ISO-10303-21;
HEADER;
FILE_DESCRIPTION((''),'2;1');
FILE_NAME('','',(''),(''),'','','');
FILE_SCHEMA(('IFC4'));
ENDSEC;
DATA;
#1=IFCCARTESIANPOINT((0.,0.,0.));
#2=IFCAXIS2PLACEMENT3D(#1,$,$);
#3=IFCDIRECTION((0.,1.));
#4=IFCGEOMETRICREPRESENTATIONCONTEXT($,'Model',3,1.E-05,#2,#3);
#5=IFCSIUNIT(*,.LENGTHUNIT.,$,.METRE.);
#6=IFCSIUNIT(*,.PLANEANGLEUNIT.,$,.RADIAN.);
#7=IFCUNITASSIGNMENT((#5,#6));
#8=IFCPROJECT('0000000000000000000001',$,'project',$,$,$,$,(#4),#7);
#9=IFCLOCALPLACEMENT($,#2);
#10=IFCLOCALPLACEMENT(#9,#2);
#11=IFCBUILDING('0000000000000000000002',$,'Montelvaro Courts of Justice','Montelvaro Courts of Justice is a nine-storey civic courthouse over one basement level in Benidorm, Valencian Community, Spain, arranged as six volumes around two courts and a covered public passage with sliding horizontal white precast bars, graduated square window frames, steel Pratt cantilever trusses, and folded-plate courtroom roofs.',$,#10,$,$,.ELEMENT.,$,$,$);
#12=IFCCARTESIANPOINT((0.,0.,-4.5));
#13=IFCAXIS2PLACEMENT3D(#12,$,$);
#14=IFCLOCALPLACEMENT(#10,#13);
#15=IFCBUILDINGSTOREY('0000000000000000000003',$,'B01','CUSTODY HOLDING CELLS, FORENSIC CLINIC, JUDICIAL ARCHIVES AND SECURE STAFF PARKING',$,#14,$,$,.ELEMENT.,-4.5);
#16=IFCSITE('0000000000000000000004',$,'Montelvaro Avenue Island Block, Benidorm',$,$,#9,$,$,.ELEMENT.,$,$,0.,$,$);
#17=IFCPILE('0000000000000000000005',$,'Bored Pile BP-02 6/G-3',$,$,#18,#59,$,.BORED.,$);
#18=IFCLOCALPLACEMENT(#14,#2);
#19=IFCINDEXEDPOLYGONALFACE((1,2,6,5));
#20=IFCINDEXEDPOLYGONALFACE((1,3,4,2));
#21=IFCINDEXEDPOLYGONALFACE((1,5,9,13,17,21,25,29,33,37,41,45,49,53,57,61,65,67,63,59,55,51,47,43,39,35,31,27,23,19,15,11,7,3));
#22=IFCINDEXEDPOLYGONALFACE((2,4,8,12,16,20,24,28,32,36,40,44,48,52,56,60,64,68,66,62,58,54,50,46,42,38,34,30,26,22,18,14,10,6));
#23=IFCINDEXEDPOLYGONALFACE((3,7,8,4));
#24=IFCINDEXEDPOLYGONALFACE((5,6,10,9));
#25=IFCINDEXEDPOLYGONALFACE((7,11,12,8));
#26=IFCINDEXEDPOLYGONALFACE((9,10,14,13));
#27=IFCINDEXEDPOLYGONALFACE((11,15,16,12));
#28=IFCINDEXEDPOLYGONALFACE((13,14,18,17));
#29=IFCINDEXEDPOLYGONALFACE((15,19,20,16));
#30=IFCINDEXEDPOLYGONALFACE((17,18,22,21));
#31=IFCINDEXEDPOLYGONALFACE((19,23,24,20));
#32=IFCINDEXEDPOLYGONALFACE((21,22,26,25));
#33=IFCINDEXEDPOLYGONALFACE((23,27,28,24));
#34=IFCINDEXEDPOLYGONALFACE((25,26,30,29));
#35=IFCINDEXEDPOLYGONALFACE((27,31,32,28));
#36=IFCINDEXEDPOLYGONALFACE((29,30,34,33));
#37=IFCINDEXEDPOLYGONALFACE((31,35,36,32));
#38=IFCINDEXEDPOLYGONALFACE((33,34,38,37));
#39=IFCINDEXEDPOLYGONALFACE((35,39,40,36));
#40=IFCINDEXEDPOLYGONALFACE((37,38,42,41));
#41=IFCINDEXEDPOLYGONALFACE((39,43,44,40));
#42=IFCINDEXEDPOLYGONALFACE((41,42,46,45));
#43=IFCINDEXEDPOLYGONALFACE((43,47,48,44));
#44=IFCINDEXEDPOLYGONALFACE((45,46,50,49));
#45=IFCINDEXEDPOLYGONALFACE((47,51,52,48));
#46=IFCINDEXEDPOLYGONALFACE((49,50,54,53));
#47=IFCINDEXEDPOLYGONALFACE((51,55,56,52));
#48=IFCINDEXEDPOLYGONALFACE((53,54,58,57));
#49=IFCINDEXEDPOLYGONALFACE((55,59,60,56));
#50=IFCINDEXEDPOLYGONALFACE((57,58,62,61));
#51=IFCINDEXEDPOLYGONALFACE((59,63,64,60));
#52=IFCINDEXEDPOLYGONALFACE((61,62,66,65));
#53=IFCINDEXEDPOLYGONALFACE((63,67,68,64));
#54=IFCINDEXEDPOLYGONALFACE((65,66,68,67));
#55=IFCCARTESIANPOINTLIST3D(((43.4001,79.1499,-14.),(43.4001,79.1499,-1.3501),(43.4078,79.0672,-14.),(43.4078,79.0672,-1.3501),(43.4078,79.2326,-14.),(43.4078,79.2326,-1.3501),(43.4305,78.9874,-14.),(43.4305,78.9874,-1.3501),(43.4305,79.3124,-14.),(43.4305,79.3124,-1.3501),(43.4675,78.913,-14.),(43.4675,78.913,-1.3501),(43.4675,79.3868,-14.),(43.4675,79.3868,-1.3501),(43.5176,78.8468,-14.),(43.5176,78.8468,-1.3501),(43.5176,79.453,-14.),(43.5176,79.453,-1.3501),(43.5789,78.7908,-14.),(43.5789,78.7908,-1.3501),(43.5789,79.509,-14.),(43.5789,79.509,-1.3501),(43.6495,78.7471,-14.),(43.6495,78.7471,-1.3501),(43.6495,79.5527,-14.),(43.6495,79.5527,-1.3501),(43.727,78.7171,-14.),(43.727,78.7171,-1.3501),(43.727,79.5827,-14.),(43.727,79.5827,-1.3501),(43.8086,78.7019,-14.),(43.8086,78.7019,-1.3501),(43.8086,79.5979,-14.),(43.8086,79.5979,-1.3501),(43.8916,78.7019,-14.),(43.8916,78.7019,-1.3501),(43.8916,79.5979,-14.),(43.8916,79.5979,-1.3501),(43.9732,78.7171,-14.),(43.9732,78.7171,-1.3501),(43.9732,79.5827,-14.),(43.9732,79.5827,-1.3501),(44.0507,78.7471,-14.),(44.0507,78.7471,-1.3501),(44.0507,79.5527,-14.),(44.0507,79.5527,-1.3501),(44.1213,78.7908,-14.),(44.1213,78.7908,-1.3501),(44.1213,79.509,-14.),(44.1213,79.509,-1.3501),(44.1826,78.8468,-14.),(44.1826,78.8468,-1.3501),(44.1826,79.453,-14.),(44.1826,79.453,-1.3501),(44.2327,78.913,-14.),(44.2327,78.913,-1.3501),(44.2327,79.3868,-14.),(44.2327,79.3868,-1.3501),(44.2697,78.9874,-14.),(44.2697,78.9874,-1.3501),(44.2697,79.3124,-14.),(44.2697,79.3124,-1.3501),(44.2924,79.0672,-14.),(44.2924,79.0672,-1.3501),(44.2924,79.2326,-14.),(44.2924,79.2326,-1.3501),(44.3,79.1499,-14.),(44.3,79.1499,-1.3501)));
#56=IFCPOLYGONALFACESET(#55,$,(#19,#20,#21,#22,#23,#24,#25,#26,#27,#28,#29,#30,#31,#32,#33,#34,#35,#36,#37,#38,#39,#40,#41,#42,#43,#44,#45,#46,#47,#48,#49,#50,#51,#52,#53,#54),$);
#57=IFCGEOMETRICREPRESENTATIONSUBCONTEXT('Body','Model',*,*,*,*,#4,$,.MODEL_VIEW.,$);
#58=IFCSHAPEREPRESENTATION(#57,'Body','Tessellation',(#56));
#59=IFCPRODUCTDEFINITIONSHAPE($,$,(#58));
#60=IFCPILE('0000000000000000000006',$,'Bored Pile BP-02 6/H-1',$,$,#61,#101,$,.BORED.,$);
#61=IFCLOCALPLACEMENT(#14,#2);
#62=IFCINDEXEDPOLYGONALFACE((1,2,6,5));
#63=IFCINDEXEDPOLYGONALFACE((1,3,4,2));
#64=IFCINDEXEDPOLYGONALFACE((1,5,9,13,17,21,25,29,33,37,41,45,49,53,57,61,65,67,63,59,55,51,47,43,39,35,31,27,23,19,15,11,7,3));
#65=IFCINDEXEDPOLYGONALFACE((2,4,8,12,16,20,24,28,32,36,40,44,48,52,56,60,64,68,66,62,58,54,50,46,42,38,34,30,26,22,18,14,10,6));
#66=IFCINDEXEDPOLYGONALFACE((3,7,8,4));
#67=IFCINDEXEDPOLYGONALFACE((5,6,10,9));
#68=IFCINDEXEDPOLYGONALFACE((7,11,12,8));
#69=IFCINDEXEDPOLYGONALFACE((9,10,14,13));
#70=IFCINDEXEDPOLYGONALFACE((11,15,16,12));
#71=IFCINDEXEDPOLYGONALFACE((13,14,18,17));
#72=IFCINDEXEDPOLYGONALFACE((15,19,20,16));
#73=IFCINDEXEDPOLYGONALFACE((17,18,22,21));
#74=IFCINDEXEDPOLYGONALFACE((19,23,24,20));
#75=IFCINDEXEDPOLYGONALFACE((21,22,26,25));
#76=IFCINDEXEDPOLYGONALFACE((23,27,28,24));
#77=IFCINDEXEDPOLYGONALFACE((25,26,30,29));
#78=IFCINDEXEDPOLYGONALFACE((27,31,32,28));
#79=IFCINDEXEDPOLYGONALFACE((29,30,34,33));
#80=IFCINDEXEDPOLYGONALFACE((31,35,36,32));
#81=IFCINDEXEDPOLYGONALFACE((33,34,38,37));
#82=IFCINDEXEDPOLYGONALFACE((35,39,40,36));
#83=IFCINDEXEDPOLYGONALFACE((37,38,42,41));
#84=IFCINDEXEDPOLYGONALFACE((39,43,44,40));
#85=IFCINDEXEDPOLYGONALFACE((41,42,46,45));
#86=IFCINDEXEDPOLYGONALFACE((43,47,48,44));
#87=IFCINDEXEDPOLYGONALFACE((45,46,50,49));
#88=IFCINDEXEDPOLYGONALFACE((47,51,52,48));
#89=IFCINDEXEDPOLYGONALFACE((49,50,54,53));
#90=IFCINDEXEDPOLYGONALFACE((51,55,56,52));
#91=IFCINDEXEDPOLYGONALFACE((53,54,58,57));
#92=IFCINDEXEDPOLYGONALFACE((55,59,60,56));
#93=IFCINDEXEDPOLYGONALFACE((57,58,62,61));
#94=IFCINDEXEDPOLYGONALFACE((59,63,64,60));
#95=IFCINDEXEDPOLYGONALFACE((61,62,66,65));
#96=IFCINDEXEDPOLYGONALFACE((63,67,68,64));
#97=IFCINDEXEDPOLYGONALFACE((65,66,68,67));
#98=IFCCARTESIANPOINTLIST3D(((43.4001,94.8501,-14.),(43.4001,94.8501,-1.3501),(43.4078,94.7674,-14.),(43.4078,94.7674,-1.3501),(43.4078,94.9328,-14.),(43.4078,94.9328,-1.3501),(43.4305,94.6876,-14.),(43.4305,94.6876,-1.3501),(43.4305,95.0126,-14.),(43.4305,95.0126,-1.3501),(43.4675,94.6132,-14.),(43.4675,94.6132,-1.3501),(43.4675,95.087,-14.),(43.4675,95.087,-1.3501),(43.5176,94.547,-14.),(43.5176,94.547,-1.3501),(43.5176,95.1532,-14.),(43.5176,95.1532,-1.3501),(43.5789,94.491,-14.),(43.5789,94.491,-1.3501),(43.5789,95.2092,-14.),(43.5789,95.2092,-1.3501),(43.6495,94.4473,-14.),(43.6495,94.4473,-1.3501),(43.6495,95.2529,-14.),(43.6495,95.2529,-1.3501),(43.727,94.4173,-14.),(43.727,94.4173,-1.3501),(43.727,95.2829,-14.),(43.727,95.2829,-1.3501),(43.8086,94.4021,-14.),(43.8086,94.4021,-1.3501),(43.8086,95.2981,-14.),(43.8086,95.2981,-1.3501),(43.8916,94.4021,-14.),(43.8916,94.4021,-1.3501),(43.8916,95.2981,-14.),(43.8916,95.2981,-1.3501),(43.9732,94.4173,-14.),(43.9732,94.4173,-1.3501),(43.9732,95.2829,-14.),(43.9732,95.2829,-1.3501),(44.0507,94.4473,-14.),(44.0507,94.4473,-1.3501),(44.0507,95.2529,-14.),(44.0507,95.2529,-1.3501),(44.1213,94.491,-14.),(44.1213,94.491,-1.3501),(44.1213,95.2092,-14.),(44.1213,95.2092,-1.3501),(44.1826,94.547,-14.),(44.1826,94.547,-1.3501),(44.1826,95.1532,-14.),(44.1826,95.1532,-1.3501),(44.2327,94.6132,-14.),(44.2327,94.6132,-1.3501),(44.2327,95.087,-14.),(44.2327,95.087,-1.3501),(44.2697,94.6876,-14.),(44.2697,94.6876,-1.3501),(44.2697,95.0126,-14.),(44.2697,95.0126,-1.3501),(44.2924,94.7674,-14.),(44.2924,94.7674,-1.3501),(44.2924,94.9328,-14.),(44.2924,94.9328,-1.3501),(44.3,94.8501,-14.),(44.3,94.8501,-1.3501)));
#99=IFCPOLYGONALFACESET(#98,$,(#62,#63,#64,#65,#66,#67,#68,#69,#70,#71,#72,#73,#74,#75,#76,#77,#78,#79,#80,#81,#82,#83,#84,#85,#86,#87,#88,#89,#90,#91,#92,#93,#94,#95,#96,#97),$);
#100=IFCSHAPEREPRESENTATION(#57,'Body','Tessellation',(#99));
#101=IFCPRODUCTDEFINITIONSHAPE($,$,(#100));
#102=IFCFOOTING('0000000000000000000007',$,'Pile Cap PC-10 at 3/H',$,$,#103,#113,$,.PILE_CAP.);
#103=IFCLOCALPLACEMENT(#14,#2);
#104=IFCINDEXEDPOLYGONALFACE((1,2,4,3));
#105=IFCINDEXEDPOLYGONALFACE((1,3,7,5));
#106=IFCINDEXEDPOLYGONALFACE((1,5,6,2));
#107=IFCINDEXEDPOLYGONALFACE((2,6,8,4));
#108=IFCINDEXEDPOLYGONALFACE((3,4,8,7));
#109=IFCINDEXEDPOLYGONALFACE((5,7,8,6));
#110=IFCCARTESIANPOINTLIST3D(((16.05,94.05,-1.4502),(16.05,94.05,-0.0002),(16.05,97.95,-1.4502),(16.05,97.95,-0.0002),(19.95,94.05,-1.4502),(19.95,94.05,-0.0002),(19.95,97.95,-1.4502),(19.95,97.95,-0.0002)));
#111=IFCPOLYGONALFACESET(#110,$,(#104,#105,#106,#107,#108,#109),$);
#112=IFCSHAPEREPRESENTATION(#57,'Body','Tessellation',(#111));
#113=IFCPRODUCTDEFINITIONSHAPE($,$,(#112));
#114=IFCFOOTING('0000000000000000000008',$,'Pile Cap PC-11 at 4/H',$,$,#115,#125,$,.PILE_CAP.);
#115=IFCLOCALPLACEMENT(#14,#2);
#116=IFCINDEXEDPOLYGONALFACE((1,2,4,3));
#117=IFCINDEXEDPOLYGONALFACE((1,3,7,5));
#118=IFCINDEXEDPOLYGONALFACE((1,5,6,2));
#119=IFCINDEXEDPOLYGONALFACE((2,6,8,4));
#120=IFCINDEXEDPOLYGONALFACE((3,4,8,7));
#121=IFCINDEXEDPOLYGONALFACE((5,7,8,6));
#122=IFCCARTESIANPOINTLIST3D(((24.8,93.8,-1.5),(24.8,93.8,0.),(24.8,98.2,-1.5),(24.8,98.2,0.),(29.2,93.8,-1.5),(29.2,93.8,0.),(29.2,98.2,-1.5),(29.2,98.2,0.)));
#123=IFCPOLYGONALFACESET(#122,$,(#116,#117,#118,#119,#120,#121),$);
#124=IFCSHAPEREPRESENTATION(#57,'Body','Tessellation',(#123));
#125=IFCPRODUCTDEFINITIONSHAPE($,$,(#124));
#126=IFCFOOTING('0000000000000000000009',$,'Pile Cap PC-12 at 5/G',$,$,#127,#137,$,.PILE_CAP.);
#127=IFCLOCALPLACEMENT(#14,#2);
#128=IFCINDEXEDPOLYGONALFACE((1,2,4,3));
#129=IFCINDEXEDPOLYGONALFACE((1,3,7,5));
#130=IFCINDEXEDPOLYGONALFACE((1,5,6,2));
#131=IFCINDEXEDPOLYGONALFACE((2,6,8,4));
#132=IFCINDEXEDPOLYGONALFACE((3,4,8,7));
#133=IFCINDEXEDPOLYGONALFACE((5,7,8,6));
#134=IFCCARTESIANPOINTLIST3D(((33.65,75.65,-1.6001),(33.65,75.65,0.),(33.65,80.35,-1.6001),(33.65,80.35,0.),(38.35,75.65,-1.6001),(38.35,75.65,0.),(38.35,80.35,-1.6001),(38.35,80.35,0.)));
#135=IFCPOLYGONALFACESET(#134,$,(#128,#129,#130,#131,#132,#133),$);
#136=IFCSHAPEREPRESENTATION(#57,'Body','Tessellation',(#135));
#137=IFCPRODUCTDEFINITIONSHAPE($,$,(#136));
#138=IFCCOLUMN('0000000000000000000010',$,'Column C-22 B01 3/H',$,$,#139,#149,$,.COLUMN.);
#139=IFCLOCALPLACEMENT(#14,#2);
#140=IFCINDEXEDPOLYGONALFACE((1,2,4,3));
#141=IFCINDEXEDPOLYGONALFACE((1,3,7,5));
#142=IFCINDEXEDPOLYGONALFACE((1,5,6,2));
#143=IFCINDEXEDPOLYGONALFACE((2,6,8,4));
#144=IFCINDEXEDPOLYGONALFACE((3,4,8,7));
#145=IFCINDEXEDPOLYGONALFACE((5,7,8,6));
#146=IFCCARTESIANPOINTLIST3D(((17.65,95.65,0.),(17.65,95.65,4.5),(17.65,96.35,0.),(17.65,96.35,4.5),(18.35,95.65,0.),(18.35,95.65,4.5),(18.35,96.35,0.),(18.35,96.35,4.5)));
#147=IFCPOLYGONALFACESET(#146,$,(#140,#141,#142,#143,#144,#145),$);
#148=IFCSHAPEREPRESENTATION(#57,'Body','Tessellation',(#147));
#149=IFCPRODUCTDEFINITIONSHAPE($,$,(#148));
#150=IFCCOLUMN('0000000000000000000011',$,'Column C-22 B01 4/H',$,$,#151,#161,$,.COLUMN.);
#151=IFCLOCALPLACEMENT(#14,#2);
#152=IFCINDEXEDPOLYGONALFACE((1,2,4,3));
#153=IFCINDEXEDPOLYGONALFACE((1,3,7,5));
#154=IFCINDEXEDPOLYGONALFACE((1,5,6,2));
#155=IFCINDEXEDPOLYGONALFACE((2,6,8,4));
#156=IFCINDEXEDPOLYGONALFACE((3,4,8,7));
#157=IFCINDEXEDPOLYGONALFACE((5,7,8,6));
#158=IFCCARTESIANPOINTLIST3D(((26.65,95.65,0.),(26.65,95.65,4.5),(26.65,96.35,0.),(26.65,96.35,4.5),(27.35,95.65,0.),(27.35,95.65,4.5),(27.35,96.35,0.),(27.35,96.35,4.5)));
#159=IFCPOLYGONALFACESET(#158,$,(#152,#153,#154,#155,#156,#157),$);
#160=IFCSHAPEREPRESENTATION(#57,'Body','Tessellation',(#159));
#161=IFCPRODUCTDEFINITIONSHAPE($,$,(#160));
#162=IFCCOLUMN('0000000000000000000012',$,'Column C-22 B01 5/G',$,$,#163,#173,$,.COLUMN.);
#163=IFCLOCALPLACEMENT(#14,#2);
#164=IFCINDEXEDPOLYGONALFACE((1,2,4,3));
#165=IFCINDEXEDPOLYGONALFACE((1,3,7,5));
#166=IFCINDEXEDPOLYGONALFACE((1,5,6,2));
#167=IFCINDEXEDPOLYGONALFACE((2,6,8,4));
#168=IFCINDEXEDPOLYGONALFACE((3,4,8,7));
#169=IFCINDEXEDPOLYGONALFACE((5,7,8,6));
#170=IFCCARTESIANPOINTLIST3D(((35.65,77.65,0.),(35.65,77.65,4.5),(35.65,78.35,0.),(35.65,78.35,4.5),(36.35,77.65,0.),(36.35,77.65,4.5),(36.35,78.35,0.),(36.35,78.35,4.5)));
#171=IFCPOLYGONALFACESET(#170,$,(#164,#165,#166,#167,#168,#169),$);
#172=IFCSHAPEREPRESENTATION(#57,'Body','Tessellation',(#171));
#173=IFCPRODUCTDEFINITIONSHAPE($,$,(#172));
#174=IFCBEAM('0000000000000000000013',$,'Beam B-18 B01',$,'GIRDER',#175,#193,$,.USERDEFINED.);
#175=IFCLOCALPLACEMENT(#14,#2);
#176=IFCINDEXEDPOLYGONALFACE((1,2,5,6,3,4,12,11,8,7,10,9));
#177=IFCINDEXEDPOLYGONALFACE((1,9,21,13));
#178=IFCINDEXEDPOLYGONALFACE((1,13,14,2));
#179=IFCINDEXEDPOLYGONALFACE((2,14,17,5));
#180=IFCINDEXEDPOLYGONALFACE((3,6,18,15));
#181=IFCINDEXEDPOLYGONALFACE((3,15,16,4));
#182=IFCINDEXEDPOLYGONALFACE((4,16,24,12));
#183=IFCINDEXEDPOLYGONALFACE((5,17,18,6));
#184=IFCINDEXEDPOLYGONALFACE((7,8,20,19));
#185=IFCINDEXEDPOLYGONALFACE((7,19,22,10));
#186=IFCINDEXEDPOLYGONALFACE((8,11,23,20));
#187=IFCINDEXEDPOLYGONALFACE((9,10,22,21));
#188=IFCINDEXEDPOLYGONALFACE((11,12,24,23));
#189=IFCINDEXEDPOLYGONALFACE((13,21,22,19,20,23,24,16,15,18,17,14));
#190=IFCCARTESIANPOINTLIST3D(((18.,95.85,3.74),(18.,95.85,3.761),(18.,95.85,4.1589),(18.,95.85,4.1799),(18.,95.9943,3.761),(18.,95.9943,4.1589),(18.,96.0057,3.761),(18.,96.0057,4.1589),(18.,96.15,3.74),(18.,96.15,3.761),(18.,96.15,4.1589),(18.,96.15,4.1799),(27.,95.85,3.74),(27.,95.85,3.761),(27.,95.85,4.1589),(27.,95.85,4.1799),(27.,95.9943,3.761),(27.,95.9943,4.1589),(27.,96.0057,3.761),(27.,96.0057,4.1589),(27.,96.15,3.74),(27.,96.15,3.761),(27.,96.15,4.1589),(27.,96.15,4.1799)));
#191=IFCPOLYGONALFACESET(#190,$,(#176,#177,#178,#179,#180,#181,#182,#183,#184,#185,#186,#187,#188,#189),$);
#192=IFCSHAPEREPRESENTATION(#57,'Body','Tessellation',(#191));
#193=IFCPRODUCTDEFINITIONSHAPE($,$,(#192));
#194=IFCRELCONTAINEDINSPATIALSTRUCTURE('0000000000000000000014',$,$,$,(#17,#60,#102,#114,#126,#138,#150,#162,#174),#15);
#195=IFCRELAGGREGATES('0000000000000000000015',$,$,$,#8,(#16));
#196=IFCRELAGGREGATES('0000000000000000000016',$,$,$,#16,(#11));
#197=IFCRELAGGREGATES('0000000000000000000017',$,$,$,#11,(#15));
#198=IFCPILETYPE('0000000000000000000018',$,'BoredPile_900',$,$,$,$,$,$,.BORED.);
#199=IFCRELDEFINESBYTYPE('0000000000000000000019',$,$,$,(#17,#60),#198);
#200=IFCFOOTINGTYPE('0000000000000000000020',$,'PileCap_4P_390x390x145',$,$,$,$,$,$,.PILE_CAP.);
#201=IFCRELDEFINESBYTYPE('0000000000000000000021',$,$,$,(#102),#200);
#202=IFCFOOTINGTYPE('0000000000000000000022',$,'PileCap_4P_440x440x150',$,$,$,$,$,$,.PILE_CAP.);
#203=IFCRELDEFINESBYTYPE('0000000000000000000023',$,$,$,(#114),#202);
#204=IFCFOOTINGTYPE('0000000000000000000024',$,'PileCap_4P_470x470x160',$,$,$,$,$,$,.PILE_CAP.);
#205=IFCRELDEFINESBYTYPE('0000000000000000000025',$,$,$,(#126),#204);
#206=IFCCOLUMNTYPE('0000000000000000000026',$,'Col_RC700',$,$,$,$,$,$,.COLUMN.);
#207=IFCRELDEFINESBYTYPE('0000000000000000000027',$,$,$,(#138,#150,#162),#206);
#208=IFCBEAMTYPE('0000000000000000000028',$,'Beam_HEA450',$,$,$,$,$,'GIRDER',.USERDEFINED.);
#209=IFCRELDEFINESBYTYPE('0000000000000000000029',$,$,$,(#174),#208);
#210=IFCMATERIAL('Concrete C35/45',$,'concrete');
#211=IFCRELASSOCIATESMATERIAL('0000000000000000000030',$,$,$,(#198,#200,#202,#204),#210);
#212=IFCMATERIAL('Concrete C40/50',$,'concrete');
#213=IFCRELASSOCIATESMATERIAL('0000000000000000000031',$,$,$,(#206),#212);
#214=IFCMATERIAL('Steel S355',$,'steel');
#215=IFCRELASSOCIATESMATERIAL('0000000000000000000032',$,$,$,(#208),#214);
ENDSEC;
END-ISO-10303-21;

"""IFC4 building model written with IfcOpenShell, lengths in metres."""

from ifc_helpers import new_model, si_unit, direction, frame, origin, origin_2d, place, context, subcontext, project, spatial, rectangle, circle, i_section, extrude, material, material_profile, profile_set, type_object, element, save


model = new_model("IFC4")

# Units and contexts
model_context = context("Model", 3, precision=1e-05, world=origin(), true_north=direction((0.0, 1.0)))
body_context = subcontext(model_context, "Body", "Model", "MODEL_VIEW")
ifc_project = project(units=[si_unit("LENGTHUNIT", "METRE"), si_unit("PLANEANGLEUNIT", "RADIAN")], contexts=[model_context])

# Site, building, storey
site_placement = place(None, origin())
site = spatial("IfcSite", under=ifc_project, at=site_placement, Name="Montelvaro Avenue Island Block, Benidorm", CompositionType="ELEMENT", RefElevation=0.0)
building_placement = place(site_placement, origin())
building = spatial("IfcBuilding", under=site, at=building_placement, Name="Montelvaro Courts of Justice", Description="Montelvaro Courts of Justice is a nine-storey civic courthouse over one basement level in Benidorm, Valencian Community, Spain, arranged as six volumes around two courts and a covered public passage with sliding horizontal white precast bars, graduated square window frames, steel Pratt cantilever trusses, and folded-plate courtroom roofs.", CompositionType="ELEMENT")
storey_placement = place(building_placement, frame((0.0, 0.0, -4.5)))
storey = spatial("IfcBuildingStorey", under=building, at=storey_placement, Name="B01", Description="CUSTODY HOLDING CELLS, FORENSIC CLINIC, JUDICIAL ARCHIVES AND SECURE STAFF PARKING", CompositionType="ELEMENT", Elevation=-4.5)

# Piles
ifc_material_1 = material(Name="Concrete C35/45", Category="concrete")
ifc_material_profile_1 = material_profile(ifc_material_1, circle(Radius=0.45, at=origin_2d()), Name="BORED PILE D900")
ifc_profile_set_1 = profile_set([ifc_material_profile_1], Name="Concrete C35/45")
pile_type_1 = type_object("IfcPileType", Name="BoredPile_900", PredefinedType="BORED", material=ifc_profile_set_1)
for number, where, z_axis, x_axis, name in (
    (1, (43.8501, 79.1499, -1.3501), (0.0, 0.0, -1.0), (1.0, 0.0, 0.0), "Bored Pile BP-02 6/G-3"),
    (2, (43.8501, 94.8501, -1.3501), (0.0, 0.0, -1.0), (1.0, 0.0, 0.0), "Bored Pile BP-02 6/H-1"),
):
    element("IfcPile", number, at=place(storey_placement, frame(where, z_axis=z_axis, x_axis=x_axis)), inside=storey, type_object=pile_type_1, Name=name, PredefinedType="BORED", context=body_context, shape_type="SweptSolid", body=[
        extrude(circle(Radius=0.45, at=origin_2d()), origin(), (0.0, 0.0, 1.0), 12.6499),
    ])

# Footings
footing_type_1 = type_object("IfcFootingType", Name="PileCap_4P_390x390x145", PredefinedType="PILE_CAP", material=ifc_material_1)
footing_1_placement = place(storey_placement, frame((18.0, 96.0, -1.4502), z_axis=(0.0, 0.0, 1.0), x_axis=(1.0, 0.0, 0.0)))
element("IfcFooting", 3, at=footing_1_placement, inside=storey, type_object=footing_type_1, Name="Pile Cap PC-10 at 3/H", PredefinedType="PILE_CAP", context=body_context, shape_type="SweptSolid", body=[
    extrude(rectangle(XDim=3.8999, YDim=3.8999, at=origin_2d()), origin(), (0.0, 0.0, 1.0), 1.45),
])
footing_type_2 = type_object("IfcFootingType", Name="PileCap_4P_440x440x150", PredefinedType="PILE_CAP", material=ifc_material_1)
footing_2_placement = place(storey_placement, frame((27.0, 96.0, -1.5), z_axis=(0.0, 0.0, 1.0), x_axis=(1.0, 0.0, 0.0)))
element("IfcFooting", 4, at=footing_2_placement, inside=storey, type_object=footing_type_2, Name="Pile Cap PC-11 at 4/H", PredefinedType="PILE_CAP", context=body_context, shape_type="SweptSolid", body=[
    extrude(rectangle(XDim=4.3999, YDim=4.3999, at=origin_2d()), origin(), (0.0, 0.0, 1.0), 1.5),
])
footing_type_3 = type_object("IfcFootingType", Name="PileCap_4P_470x470x160", PredefinedType="PILE_CAP", material=ifc_material_1)
footing_3_placement = place(storey_placement, frame((36.0, 78.0, -1.6001), z_axis=(0.0, 0.0, 1.0), x_axis=(1.0, 0.0, 0.0)))
element("IfcFooting", 5, at=footing_3_placement, inside=storey, type_object=footing_type_3, Name="Pile Cap PC-12 at 5/G", PredefinedType="PILE_CAP", context=body_context, shape_type="SweptSolid", body=[
    extrude(rectangle(XDim=4.7, YDim=4.7, at=origin_2d()), origin(), (0.0, 0.0, 1.0), 1.6001),
])

# Columns
ifc_material_2 = material(Name="Concrete C40/50", Category="concrete")
ifc_material_profile_2 = material_profile(ifc_material_2, rectangle(XDim=0.7, YDim=0.7, at=origin_2d()), Name="RC 700x700")
ifc_profile_set_2 = profile_set([ifc_material_profile_2], Name="Concrete C40/50")
column_type = type_object("IfcColumnType", Name="Col_RC700", PredefinedType="COLUMN", material=ifc_profile_set_2)
for number, where, z_axis, x_axis, name in (
    (6, (18.0, 96.0, 0.0), (0.0, 0.0, 1.0), (1.0, 0.0, 0.0), "Column C-22 B01 3/H"),
    (7, (27.0, 96.0, 0.0), (0.0, 0.0, 1.0), (1.0, 0.0, 0.0), "Column C-22 B01 4/H"),
    (8, (36.0, 78.0, 0.0), (0.0, 0.0, 1.0), (1.0, 0.0, 0.0), "Column C-22 B01 5/G"),
):
    element("IfcColumn", number, at=place(storey_placement, frame(where, z_axis=z_axis, x_axis=x_axis)), inside=storey, type_object=column_type, Name=name, PredefinedType="COLUMN", context=body_context, shape_type="SweptSolid", body=[
        extrude(rectangle(XDim=0.7, YDim=0.7, at=origin_2d()), origin(), (0.0, 0.0, 1.0), 4.5),
    ])

# Beam
ifc_material_3 = material(Name="Steel S355", Category="steel")
ifc_material_profile_3 = material_profile(ifc_material_3, i_section(OverallWidth=0.3, OverallDepth=0.4399, WebThickness=0.0115, FlangeThickness=0.021, at=origin_2d()), Name="HEA 450")
ifc_profile_set_3 = profile_set([ifc_material_profile_3], Name="Steel S355")
beam_type_1 = type_object("IfcBeamType", Name="Beam_HEA450", ElementType="GIRDER", PredefinedType="USERDEFINED", material=ifc_profile_set_3)
beam_1_placement = place(storey_placement, frame((18.0, 96.0, 3.96), z_axis=(1.0, 0.0, 0.0), x_axis=(0.0, 1.0, 0.0)))
element("IfcBeam", 9, at=beam_1_placement, inside=storey, type_object=beam_type_1, Name="Beam B-18 B01", ObjectType="GIRDER", PredefinedType="USERDEFINED", context=body_context, shape_type="SweptSolid", body=[
    extrude(i_section(OverallWidth=0.3, OverallDepth=0.4399, WebThickness=0.0115, FlangeThickness=0.021, at=origin_2d()), origin(), (0.0, 0.0, 1.0), 9.0),
])

save(model, "model.ifc")
